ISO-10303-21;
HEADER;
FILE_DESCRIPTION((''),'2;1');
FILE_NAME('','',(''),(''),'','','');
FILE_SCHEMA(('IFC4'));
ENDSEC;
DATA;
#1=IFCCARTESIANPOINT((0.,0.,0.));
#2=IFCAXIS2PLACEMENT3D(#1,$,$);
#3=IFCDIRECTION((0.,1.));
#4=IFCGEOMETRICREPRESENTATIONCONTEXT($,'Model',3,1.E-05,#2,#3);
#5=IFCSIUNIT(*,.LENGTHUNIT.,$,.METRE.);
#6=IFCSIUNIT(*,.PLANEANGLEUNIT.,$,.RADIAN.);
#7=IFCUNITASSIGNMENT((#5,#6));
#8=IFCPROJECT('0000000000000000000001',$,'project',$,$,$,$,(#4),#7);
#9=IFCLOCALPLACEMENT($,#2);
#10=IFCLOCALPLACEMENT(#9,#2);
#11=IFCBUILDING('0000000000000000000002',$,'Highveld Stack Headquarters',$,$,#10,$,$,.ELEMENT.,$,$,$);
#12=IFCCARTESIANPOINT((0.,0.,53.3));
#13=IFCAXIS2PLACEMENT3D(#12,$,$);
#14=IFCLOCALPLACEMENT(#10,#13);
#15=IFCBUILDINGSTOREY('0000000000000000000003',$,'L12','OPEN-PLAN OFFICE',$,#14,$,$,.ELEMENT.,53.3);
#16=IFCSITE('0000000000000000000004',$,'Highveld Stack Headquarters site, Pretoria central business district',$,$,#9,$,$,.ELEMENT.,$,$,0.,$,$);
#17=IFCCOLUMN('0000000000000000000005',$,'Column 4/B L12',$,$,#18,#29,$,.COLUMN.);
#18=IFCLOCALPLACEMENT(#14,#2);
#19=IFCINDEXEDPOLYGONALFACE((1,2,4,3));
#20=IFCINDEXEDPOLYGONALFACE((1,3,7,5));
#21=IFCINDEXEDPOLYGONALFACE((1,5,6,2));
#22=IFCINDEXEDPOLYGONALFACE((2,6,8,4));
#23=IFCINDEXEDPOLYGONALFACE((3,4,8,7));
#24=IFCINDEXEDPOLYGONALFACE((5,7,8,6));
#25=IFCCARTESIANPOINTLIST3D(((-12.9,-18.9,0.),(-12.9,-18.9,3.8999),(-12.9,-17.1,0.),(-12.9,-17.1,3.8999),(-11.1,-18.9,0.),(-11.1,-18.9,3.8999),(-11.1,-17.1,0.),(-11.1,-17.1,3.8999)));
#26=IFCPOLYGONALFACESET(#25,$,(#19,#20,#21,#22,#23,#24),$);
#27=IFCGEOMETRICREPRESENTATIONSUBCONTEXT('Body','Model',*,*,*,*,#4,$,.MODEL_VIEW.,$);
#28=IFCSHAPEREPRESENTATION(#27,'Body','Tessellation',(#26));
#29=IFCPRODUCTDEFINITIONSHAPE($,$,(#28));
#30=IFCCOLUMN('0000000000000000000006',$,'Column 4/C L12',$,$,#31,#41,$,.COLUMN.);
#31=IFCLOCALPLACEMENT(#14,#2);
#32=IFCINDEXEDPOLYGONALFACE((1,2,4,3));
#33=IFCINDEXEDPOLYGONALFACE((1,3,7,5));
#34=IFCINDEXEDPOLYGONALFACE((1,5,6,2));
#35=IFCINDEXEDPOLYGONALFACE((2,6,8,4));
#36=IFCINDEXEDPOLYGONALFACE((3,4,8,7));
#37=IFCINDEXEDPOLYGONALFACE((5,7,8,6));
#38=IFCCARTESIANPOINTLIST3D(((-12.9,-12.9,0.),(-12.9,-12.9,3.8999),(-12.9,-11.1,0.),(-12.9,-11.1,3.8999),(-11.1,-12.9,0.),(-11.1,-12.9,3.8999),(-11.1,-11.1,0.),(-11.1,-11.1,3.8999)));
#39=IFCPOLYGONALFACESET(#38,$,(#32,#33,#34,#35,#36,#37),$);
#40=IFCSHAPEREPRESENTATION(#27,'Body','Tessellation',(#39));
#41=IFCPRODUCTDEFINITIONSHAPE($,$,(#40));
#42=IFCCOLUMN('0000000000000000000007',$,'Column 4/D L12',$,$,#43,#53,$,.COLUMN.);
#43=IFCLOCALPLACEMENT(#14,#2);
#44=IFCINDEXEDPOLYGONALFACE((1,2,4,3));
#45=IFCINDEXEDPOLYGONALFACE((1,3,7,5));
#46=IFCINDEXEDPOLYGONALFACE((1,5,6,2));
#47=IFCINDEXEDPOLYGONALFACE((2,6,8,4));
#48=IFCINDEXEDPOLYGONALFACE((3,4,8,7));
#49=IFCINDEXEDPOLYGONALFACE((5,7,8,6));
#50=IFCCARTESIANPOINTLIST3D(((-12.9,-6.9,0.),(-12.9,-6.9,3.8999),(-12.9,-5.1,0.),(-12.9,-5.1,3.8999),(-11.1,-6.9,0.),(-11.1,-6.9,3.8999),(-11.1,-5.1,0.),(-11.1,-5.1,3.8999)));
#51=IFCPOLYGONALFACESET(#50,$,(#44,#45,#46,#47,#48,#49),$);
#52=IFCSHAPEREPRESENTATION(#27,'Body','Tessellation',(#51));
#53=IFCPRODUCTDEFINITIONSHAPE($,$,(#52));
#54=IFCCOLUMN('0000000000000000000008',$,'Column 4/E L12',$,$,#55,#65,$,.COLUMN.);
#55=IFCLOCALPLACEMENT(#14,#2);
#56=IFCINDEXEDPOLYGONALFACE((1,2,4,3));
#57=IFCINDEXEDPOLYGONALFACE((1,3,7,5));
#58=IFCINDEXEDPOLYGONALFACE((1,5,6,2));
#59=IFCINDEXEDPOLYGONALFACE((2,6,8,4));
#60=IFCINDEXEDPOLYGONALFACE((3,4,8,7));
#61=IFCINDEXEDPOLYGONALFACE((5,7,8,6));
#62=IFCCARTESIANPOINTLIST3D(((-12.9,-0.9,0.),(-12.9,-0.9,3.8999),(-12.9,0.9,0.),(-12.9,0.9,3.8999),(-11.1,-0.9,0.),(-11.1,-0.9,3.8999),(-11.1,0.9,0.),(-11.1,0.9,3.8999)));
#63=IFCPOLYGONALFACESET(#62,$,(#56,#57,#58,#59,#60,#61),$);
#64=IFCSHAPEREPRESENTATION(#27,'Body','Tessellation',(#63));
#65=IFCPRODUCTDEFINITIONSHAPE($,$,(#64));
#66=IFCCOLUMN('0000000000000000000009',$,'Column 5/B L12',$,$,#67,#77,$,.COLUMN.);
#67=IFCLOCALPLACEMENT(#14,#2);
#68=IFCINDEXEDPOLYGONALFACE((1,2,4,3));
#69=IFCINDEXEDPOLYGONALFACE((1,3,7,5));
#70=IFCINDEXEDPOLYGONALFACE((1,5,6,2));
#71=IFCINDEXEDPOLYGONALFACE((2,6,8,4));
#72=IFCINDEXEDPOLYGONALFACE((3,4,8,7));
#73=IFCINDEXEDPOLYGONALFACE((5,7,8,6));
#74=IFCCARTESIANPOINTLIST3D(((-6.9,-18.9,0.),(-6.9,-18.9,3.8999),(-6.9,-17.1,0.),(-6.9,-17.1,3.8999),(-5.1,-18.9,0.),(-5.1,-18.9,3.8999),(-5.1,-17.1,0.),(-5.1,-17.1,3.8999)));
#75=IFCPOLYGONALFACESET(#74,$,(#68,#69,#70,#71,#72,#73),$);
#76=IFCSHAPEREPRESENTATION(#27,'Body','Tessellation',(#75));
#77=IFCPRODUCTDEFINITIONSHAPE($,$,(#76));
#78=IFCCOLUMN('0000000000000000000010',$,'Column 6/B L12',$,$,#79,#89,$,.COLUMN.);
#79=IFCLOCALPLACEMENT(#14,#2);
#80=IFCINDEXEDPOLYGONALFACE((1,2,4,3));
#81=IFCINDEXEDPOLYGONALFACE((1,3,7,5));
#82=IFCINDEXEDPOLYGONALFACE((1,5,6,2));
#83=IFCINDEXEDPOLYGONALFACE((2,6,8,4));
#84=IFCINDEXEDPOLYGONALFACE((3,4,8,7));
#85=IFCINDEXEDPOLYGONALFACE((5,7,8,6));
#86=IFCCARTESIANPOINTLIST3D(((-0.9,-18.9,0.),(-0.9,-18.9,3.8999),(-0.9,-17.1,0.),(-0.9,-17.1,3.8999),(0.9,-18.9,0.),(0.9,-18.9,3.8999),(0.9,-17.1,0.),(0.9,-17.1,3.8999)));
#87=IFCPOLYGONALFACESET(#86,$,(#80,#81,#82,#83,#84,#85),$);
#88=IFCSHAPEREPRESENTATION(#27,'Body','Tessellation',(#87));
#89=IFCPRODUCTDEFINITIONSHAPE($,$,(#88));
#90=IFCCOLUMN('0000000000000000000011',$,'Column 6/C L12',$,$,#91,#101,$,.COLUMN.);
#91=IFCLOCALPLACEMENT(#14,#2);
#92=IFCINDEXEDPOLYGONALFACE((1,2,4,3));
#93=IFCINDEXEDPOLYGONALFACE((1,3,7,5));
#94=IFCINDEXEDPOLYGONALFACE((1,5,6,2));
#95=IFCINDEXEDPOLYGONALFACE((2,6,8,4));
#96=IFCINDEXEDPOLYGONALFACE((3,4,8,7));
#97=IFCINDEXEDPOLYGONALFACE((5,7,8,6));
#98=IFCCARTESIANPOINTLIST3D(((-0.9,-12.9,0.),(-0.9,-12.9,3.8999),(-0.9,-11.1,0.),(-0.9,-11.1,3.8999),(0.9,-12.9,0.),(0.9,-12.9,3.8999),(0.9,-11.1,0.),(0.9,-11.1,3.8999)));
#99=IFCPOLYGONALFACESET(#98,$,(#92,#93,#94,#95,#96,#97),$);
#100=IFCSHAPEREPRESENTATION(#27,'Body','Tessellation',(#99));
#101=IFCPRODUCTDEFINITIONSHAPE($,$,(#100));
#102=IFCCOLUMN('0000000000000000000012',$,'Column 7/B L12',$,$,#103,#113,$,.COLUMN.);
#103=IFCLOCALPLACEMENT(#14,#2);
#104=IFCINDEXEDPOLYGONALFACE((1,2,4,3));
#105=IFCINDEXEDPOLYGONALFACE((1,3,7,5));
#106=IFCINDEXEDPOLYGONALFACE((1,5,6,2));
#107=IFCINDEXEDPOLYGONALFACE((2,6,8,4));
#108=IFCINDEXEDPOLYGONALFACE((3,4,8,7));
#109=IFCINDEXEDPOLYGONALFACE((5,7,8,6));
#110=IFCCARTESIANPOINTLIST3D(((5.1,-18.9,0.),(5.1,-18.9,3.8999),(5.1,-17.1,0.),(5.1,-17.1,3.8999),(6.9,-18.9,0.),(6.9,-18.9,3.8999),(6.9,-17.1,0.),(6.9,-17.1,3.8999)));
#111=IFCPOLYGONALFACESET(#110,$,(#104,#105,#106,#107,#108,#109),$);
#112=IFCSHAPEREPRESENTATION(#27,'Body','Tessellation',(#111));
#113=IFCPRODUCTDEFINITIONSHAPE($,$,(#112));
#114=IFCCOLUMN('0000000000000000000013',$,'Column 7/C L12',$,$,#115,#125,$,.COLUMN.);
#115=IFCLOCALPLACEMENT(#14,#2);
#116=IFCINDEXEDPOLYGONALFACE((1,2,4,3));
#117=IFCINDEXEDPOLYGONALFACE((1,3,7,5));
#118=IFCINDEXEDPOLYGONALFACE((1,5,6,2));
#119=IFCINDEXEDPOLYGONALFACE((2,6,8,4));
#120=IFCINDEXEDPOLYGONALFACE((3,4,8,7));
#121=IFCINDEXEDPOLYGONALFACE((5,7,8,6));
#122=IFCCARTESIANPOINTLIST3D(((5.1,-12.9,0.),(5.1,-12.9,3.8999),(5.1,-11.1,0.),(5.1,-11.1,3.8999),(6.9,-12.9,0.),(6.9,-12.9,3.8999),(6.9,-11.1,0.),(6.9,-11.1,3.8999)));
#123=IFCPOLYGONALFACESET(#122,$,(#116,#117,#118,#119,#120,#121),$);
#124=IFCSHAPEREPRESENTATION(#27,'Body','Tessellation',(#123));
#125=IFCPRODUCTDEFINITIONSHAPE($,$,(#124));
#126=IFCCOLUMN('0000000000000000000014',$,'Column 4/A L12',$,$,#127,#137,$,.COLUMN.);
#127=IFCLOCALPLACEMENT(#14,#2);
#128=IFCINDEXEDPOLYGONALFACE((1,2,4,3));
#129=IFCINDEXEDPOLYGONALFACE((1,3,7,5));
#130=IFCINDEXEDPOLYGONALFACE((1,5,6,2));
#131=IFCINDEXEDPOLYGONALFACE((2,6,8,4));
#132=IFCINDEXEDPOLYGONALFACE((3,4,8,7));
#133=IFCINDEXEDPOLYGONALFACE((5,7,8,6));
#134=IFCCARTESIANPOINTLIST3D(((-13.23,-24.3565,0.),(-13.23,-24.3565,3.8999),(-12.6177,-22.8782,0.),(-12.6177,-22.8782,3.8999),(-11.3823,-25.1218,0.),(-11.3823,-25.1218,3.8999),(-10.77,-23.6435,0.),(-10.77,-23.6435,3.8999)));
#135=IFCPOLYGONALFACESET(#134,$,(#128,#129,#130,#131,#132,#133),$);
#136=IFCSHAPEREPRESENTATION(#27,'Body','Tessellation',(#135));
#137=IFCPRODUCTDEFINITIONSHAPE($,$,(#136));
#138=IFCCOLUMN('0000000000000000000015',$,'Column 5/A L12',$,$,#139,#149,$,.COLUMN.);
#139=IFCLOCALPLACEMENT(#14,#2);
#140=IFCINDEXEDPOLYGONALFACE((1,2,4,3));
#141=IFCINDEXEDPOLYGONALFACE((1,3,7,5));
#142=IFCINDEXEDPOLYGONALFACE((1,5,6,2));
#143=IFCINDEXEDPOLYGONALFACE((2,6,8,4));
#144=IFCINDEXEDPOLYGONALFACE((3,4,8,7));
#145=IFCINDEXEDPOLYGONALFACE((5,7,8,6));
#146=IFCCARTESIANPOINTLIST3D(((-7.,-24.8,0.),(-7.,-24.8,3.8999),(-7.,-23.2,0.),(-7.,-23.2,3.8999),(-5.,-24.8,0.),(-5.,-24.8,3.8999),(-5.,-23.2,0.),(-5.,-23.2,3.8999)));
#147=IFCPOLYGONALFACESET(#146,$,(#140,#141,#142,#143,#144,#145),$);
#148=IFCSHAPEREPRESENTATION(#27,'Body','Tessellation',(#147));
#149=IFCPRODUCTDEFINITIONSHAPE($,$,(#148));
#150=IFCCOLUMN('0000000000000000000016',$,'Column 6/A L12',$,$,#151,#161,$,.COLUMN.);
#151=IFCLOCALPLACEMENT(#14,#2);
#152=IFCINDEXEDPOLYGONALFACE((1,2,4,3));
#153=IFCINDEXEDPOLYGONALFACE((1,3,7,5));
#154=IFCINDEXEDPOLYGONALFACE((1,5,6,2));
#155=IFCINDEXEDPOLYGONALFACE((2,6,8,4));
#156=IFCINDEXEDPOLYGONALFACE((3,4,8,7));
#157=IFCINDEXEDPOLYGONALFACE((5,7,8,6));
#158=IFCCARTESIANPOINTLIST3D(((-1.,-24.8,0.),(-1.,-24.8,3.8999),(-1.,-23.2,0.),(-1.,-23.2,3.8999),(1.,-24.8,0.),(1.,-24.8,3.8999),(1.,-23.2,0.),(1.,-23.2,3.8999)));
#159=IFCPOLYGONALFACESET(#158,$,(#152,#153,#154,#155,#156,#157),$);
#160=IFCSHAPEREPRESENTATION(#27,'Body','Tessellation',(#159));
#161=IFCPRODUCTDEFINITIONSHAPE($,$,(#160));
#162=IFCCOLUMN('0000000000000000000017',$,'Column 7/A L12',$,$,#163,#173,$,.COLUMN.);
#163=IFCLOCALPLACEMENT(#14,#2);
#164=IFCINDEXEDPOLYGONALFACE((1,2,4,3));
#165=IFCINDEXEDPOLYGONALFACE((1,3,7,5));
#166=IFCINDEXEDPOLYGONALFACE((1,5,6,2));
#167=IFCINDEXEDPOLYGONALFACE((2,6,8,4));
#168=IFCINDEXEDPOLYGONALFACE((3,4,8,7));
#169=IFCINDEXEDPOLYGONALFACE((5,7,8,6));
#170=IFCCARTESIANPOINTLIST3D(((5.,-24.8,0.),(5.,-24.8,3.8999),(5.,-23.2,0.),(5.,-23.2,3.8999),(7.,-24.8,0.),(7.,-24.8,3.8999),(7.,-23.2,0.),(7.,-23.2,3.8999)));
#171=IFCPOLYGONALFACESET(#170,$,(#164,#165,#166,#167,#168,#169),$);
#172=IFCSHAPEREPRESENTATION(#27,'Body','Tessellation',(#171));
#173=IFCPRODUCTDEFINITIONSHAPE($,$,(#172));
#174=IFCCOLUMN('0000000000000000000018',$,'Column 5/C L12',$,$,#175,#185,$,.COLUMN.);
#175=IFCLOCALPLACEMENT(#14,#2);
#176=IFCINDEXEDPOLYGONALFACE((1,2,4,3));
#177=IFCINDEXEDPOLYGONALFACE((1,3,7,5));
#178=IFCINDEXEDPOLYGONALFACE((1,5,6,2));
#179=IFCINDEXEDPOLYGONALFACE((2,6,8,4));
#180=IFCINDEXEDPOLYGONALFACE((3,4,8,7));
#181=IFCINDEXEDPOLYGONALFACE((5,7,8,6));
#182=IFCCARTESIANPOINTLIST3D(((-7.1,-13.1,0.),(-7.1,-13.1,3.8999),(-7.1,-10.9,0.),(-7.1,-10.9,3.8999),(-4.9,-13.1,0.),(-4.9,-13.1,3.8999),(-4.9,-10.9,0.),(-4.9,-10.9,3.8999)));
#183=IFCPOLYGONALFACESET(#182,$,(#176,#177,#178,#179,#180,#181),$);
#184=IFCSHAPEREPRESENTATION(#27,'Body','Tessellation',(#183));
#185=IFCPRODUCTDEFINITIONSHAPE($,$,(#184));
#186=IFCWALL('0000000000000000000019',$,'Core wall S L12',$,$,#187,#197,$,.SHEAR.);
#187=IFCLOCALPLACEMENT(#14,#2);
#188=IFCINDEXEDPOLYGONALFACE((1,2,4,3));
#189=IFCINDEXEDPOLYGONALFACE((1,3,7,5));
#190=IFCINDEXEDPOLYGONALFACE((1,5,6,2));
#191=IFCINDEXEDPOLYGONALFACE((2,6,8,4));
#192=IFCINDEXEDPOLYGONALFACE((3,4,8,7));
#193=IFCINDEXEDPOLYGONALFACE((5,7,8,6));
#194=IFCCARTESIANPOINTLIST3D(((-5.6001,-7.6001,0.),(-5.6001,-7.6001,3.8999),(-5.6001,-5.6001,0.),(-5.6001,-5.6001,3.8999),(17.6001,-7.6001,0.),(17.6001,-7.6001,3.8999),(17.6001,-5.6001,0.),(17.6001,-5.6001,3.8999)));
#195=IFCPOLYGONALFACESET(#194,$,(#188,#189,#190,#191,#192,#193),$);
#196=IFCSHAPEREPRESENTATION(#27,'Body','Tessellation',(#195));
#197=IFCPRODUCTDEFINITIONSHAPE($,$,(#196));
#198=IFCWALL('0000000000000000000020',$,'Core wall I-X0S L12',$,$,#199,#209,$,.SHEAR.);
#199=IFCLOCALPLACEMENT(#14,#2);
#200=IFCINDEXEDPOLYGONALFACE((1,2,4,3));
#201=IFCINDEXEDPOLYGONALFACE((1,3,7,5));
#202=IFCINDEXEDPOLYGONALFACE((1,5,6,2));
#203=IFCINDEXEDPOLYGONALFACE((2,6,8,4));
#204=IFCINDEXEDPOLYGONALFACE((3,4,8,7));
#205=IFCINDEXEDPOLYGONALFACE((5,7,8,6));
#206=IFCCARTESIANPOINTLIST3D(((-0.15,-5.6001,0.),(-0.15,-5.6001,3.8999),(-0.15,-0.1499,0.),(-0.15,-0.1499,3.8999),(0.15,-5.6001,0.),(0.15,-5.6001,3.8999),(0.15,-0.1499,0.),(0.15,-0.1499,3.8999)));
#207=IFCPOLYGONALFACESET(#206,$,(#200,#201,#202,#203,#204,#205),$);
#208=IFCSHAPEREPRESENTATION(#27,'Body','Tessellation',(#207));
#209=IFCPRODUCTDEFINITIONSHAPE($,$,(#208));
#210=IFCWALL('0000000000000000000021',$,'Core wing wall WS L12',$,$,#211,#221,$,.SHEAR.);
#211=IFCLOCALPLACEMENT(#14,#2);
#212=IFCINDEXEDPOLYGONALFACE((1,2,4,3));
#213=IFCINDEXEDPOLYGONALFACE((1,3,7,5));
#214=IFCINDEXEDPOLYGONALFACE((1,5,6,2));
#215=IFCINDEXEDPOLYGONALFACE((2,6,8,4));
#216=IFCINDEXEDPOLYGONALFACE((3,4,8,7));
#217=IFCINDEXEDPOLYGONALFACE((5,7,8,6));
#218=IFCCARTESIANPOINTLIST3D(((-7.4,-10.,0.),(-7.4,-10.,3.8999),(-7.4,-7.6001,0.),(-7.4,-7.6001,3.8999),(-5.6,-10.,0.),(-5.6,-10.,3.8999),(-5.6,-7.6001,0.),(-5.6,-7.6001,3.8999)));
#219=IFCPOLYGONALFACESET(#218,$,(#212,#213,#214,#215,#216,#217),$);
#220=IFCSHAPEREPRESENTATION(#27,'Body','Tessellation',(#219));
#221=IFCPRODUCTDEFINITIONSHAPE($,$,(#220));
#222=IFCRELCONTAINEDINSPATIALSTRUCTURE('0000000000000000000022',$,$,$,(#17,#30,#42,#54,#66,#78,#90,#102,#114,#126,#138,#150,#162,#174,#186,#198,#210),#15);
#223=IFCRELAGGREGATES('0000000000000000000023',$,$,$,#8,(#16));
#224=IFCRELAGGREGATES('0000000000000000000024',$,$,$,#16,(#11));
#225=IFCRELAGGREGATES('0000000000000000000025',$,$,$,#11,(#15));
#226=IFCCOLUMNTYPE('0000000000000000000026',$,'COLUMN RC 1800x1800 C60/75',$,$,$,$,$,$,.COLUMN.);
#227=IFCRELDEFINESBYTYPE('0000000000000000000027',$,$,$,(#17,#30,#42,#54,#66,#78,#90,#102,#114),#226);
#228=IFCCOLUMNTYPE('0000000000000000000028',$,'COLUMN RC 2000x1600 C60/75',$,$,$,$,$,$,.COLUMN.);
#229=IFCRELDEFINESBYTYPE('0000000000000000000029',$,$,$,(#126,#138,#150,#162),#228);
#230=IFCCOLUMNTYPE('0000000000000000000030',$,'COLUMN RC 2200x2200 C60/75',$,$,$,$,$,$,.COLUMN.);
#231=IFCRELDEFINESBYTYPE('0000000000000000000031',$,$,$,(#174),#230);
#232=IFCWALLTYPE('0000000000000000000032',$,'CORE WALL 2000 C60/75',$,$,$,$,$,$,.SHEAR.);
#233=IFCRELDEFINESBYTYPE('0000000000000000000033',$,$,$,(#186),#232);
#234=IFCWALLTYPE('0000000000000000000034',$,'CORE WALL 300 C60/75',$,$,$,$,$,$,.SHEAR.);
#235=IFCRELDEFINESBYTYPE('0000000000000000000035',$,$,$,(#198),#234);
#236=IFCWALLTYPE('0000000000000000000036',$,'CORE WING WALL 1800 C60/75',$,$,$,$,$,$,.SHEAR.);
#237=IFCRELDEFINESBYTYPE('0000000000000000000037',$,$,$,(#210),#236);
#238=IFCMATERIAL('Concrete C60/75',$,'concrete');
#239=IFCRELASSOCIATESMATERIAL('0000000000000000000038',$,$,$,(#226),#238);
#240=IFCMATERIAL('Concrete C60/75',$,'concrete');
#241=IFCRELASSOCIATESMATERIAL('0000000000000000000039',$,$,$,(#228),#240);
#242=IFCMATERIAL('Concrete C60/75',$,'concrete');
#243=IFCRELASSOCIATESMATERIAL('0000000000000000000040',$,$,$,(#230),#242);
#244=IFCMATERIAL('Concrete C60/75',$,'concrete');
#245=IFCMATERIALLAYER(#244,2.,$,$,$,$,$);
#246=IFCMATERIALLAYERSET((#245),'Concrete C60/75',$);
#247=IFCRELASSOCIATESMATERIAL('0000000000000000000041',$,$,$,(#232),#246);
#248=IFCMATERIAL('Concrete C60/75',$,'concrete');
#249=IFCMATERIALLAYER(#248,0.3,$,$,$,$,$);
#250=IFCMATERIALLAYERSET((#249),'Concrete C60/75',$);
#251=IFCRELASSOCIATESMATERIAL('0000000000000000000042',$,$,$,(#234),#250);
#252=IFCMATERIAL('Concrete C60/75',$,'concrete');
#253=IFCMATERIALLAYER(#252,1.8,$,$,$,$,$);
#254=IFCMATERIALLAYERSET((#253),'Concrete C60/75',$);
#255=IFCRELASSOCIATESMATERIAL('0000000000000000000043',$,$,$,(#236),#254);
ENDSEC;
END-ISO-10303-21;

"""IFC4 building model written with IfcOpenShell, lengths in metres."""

from ifc_helpers import new_model, si_unit, direction, frame, frame_2d, origin, origin_2d, place, context, subcontext, project, spatial, rectangle, extrude, material, layer, layer_set, material_profile, profile_set, type_object, element, save


model = new_model("IFC4")

# Units and contexts
model_context = context("Model", 3, precision=1e-05, world=origin(), true_north=direction((0.0, 1.0)))
body_context = subcontext(model_context, "Body", "Model", "MODEL_VIEW")
ifc_project = project(units=[si_unit("LENGTHUNIT", "METRE"), si_unit("PLANEANGLEUNIT", "RADIAN")], contexts=[model_context])

# Site, building, storey
site_placement = place(None, origin())
site = spatial("IfcSite", under=ifc_project, at=site_placement, Name="Highveld Stack Headquarters site, Pretoria central business district", CompositionType="ELEMENT", RefElevation=0.0)
building_placement = place(site_placement, origin())
building = spatial("IfcBuilding", under=site, at=building_placement, Name="Highveld Stack Headquarters", CompositionType="ELEMENT")
storey_placement = place(building_placement, frame((0.0, 0.0, 53.3)))
storey = spatial("IfcBuildingStorey", under=building, at=storey_placement, Name="L12", Description="OPEN-PLAN OFFICE", CompositionType="ELEMENT", Elevation=53.3)

# Columns
ifc_material_1 = material(Name="Concrete C60/75", Category="concrete")
ifc_material_profile_1 = material_profile(ifc_material_1, rectangle(XDim=1.8, YDim=1.8, at=origin_2d()), Name="RC 1800x1800")
ifc_profile_set_1 = profile_set([ifc_material_profile_1], Name="Concrete C60/75")
column_type_1 = type_object("IfcColumnType", Name="COLUMN RC 1800x1800 C60/75", PredefinedType="COLUMN", material=ifc_profile_set_1)
for number, where, z_axis, x_axis, name in (
    (1, (-12.0, -18.0, 0.0), (0.0, 0.0, 1.0), (1.0, 0.0, 0.0), "Column 4/B L12"),
    (2, (-12.0, -12.0, 0.0), (0.0, 0.0, 1.0), (1.0, 0.0, 0.0), "Column 4/C L12"),
    (3, (-12.0, -6.0, 0.0), (0.0, 0.0, 1.0), (1.0, 0.0, 0.0), "Column 4/D L12"),
    (4, (-12.0, 0.0, 0.0), (0.0, 0.0, 1.0), (1.0, 0.0, 0.0), "Column 4/E L12"),
    (5, (-6.0, -18.0, 0.0), (0.0, 0.0, 1.0), (1.0, 0.0, 0.0), "Column 5/B L12"),
    (6, (0.0, -18.0, 0.0), (0.0, 0.0, 1.0), (1.0, 0.0, 0.0), "Column 6/B L12"),
    (7, (0.0, -12.0, 0.0), (0.0, 0.0, 1.0), (1.0, 0.0, 0.0), "Column 6/C L12"),
    (8, (6.0, -18.0, 0.0), (0.0, 0.0, 1.0), (1.0, 0.0, 0.0), "Column 7/B L12"),
    (9, (6.0, -12.0, 0.0), (0.0, 0.0, 1.0), (1.0, 0.0, 0.0), "Column 7/C L12"),
):
    element("IfcColumn", number, at=place(storey_placement, frame(where, z_axis=z_axis, x_axis=x_axis)), inside=storey, type_object=column_type_1, Name=name, PredefinedType="COLUMN", context=body_context, shape_type="SweptSolid", body=[
        extrude(rectangle(XDim=1.8, YDim=1.8, at=origin_2d()), origin(), (0.0, 0.0, 1.0), 3.8999),
    ])
ifc_material_2 = material(Name="Concrete C60/75", Category="concrete")
ifc_material_profile_2 = material_profile(ifc_material_2, rectangle(XDim=2.0, YDim=1.6001, at=origin_2d()), Name="RC 2000x1600")
ifc_profile_set_2 = profile_set([ifc_material_profile_2], Name="Concrete C60/75")
column_type_2 = type_object("IfcColumnType", Name="COLUMN RC 2000x1600 C60/75", PredefinedType="COLUMN", material=ifc_profile_set_2)
for number, where, z_axis, x_axis, name in (
    (10, (-12.0, -24.0, 0.0), (0.0, 0.0, 1.0), (-0.92388, 0.382683, 0.0), "Column 4/A L12"),
    (11, (-6.0, -24.0, 0.0), (0.0, 0.0, 1.0), (1.0, 0.0, 0.0), "Column 5/A L12"),
    (12, (0.0, -24.0, 0.0), (0.0, 0.0, 1.0), (1.0, 0.0, 0.0), "Column 6/A L12"),
    (13, (6.0, -24.0, 0.0), (0.0, 0.0, 1.0), (1.0, 0.0, 0.0), "Column 7/A L12"),
):
    element("IfcColumn", number, at=place(storey_placement, frame(where, z_axis=z_axis, x_axis=x_axis)), inside=storey, type_object=column_type_2, Name=name, PredefinedType="COLUMN", context=body_context, shape_type="SweptSolid", body=[
        extrude(rectangle(XDim=2.0, YDim=1.6001, at=origin_2d()), origin(), (0.0, 0.0, 1.0), 3.8999),
    ])
ifc_material_3 = material(Name="Concrete C60/75", Category="concrete")
ifc_material_profile_3 = material_profile(ifc_material_3, rectangle(XDim=2.2, YDim=2.2, at=origin_2d()), Name="RC 2200x2200")
ifc_profile_set_3 = profile_set([ifc_material_profile_3], Name="Concrete C60/75")
column_type_3 = type_object("IfcColumnType", Name="COLUMN RC 2200x2200 C60/75", PredefinedType="COLUMN", material=ifc_profile_set_3)
column_placement = place(storey_placement, frame((-6.0, -12.0, 0.0), z_axis=(0.0, 0.0, 1.0), x_axis=(1.0, 0.0, 0.0)))
element("IfcColumn", 14, at=column_placement, inside=storey, type_object=column_type_3, Name="Column 5/C L12", PredefinedType="COLUMN", context=body_context, shape_type="SweptSolid", body=[
    extrude(rectangle(XDim=2.2, YDim=2.2, at=origin_2d()), origin(), (0.0, 0.0, 1.0), 3.8999),
])

# Walls
ifc_material_4 = material(Name="Concrete C60/75", Category="concrete")
ifc_layer_1 = layer(ifc_material_4, 2.0)
ifc_layer_set_1 = layer_set([ifc_layer_1], Name="Concrete C60/75")
wall_type_1 = type_object("IfcWallType", Name="CORE WALL 2000 C60/75", PredefinedType="SHEAR", material=ifc_layer_set_1)
wall_1_placement = place(storey_placement, frame((-5.6001, -6.6001, 0.0), z_axis=(0.0, 0.0, 1.0), x_axis=(1.0, 0.0, 0.0)))
element("IfcWall", 15, at=wall_1_placement, inside=storey, type_object=wall_type_1, Name="Core wall S L12", PredefinedType="SHEAR", context=body_context, shape_type="SweptSolid", body=[
    extrude(rectangle(XDim=23.2002, YDim=2.0, at=frame_2d((11.6001, 0.0))), origin(), (0.0, 0.0, 1.0), 3.8999),
])
ifc_material_5 = material(Name="Concrete C60/75", Category="concrete")
ifc_layer_2 = layer(ifc_material_5, 0.3)
ifc_layer_set_2 = layer_set([ifc_layer_2], Name="Concrete C60/75")
wall_type_2 = type_object("IfcWallType", Name="CORE WALL 300 C60/75", PredefinedType="SHEAR", material=ifc_layer_set_2)
wall_2_placement = place(storey_placement, frame((0.0, -5.6001, 0.0), z_axis=(0.0, 0.0, 1.0), x_axis=(0.0, 1.0, 0.0)))
element("IfcWall", 16, at=wall_2_placement, inside=storey, type_object=wall_type_2, Name="Core wall I-X0S L12", PredefinedType="SHEAR", context=body_context, shape_type="SweptSolid", body=[
    extrude(rectangle(XDim=5.4502, YDim=0.3, at=frame_2d((2.7251, 0.0))), origin(), (0.0, 0.0, 1.0), 3.8999),
])
ifc_material_6 = material(Name="Concrete C60/75", Category="concrete")
ifc_layer_3 = layer(ifc_material_6, 1.8)
ifc_layer_set_3 = layer_set([ifc_layer_3], Name="Concrete C60/75")
wall_type_3 = type_object("IfcWallType", Name="CORE WING WALL 1800 C60/75", PredefinedType="SHEAR", material=ifc_layer_set_3)
wall_3_placement = place(storey_placement, frame((-6.5, -10.0, 0.0), z_axis=(0.0, 0.0, 1.0), x_axis=(0.0, 1.0, 0.0)))
element("IfcWall", 17, at=wall_3_placement, inside=storey, type_object=wall_type_3, Name="Core wing wall WS L12", PredefinedType="SHEAR", context=body_context, shape_type="SweptSolid", body=[
    extrude(rectangle(XDim=2.3999, YDim=1.8, at=frame_2d((1.2, 0.0))), origin(), (0.0, 0.0, 1.0), 3.8999),
])

save(model, "model.ifc")
